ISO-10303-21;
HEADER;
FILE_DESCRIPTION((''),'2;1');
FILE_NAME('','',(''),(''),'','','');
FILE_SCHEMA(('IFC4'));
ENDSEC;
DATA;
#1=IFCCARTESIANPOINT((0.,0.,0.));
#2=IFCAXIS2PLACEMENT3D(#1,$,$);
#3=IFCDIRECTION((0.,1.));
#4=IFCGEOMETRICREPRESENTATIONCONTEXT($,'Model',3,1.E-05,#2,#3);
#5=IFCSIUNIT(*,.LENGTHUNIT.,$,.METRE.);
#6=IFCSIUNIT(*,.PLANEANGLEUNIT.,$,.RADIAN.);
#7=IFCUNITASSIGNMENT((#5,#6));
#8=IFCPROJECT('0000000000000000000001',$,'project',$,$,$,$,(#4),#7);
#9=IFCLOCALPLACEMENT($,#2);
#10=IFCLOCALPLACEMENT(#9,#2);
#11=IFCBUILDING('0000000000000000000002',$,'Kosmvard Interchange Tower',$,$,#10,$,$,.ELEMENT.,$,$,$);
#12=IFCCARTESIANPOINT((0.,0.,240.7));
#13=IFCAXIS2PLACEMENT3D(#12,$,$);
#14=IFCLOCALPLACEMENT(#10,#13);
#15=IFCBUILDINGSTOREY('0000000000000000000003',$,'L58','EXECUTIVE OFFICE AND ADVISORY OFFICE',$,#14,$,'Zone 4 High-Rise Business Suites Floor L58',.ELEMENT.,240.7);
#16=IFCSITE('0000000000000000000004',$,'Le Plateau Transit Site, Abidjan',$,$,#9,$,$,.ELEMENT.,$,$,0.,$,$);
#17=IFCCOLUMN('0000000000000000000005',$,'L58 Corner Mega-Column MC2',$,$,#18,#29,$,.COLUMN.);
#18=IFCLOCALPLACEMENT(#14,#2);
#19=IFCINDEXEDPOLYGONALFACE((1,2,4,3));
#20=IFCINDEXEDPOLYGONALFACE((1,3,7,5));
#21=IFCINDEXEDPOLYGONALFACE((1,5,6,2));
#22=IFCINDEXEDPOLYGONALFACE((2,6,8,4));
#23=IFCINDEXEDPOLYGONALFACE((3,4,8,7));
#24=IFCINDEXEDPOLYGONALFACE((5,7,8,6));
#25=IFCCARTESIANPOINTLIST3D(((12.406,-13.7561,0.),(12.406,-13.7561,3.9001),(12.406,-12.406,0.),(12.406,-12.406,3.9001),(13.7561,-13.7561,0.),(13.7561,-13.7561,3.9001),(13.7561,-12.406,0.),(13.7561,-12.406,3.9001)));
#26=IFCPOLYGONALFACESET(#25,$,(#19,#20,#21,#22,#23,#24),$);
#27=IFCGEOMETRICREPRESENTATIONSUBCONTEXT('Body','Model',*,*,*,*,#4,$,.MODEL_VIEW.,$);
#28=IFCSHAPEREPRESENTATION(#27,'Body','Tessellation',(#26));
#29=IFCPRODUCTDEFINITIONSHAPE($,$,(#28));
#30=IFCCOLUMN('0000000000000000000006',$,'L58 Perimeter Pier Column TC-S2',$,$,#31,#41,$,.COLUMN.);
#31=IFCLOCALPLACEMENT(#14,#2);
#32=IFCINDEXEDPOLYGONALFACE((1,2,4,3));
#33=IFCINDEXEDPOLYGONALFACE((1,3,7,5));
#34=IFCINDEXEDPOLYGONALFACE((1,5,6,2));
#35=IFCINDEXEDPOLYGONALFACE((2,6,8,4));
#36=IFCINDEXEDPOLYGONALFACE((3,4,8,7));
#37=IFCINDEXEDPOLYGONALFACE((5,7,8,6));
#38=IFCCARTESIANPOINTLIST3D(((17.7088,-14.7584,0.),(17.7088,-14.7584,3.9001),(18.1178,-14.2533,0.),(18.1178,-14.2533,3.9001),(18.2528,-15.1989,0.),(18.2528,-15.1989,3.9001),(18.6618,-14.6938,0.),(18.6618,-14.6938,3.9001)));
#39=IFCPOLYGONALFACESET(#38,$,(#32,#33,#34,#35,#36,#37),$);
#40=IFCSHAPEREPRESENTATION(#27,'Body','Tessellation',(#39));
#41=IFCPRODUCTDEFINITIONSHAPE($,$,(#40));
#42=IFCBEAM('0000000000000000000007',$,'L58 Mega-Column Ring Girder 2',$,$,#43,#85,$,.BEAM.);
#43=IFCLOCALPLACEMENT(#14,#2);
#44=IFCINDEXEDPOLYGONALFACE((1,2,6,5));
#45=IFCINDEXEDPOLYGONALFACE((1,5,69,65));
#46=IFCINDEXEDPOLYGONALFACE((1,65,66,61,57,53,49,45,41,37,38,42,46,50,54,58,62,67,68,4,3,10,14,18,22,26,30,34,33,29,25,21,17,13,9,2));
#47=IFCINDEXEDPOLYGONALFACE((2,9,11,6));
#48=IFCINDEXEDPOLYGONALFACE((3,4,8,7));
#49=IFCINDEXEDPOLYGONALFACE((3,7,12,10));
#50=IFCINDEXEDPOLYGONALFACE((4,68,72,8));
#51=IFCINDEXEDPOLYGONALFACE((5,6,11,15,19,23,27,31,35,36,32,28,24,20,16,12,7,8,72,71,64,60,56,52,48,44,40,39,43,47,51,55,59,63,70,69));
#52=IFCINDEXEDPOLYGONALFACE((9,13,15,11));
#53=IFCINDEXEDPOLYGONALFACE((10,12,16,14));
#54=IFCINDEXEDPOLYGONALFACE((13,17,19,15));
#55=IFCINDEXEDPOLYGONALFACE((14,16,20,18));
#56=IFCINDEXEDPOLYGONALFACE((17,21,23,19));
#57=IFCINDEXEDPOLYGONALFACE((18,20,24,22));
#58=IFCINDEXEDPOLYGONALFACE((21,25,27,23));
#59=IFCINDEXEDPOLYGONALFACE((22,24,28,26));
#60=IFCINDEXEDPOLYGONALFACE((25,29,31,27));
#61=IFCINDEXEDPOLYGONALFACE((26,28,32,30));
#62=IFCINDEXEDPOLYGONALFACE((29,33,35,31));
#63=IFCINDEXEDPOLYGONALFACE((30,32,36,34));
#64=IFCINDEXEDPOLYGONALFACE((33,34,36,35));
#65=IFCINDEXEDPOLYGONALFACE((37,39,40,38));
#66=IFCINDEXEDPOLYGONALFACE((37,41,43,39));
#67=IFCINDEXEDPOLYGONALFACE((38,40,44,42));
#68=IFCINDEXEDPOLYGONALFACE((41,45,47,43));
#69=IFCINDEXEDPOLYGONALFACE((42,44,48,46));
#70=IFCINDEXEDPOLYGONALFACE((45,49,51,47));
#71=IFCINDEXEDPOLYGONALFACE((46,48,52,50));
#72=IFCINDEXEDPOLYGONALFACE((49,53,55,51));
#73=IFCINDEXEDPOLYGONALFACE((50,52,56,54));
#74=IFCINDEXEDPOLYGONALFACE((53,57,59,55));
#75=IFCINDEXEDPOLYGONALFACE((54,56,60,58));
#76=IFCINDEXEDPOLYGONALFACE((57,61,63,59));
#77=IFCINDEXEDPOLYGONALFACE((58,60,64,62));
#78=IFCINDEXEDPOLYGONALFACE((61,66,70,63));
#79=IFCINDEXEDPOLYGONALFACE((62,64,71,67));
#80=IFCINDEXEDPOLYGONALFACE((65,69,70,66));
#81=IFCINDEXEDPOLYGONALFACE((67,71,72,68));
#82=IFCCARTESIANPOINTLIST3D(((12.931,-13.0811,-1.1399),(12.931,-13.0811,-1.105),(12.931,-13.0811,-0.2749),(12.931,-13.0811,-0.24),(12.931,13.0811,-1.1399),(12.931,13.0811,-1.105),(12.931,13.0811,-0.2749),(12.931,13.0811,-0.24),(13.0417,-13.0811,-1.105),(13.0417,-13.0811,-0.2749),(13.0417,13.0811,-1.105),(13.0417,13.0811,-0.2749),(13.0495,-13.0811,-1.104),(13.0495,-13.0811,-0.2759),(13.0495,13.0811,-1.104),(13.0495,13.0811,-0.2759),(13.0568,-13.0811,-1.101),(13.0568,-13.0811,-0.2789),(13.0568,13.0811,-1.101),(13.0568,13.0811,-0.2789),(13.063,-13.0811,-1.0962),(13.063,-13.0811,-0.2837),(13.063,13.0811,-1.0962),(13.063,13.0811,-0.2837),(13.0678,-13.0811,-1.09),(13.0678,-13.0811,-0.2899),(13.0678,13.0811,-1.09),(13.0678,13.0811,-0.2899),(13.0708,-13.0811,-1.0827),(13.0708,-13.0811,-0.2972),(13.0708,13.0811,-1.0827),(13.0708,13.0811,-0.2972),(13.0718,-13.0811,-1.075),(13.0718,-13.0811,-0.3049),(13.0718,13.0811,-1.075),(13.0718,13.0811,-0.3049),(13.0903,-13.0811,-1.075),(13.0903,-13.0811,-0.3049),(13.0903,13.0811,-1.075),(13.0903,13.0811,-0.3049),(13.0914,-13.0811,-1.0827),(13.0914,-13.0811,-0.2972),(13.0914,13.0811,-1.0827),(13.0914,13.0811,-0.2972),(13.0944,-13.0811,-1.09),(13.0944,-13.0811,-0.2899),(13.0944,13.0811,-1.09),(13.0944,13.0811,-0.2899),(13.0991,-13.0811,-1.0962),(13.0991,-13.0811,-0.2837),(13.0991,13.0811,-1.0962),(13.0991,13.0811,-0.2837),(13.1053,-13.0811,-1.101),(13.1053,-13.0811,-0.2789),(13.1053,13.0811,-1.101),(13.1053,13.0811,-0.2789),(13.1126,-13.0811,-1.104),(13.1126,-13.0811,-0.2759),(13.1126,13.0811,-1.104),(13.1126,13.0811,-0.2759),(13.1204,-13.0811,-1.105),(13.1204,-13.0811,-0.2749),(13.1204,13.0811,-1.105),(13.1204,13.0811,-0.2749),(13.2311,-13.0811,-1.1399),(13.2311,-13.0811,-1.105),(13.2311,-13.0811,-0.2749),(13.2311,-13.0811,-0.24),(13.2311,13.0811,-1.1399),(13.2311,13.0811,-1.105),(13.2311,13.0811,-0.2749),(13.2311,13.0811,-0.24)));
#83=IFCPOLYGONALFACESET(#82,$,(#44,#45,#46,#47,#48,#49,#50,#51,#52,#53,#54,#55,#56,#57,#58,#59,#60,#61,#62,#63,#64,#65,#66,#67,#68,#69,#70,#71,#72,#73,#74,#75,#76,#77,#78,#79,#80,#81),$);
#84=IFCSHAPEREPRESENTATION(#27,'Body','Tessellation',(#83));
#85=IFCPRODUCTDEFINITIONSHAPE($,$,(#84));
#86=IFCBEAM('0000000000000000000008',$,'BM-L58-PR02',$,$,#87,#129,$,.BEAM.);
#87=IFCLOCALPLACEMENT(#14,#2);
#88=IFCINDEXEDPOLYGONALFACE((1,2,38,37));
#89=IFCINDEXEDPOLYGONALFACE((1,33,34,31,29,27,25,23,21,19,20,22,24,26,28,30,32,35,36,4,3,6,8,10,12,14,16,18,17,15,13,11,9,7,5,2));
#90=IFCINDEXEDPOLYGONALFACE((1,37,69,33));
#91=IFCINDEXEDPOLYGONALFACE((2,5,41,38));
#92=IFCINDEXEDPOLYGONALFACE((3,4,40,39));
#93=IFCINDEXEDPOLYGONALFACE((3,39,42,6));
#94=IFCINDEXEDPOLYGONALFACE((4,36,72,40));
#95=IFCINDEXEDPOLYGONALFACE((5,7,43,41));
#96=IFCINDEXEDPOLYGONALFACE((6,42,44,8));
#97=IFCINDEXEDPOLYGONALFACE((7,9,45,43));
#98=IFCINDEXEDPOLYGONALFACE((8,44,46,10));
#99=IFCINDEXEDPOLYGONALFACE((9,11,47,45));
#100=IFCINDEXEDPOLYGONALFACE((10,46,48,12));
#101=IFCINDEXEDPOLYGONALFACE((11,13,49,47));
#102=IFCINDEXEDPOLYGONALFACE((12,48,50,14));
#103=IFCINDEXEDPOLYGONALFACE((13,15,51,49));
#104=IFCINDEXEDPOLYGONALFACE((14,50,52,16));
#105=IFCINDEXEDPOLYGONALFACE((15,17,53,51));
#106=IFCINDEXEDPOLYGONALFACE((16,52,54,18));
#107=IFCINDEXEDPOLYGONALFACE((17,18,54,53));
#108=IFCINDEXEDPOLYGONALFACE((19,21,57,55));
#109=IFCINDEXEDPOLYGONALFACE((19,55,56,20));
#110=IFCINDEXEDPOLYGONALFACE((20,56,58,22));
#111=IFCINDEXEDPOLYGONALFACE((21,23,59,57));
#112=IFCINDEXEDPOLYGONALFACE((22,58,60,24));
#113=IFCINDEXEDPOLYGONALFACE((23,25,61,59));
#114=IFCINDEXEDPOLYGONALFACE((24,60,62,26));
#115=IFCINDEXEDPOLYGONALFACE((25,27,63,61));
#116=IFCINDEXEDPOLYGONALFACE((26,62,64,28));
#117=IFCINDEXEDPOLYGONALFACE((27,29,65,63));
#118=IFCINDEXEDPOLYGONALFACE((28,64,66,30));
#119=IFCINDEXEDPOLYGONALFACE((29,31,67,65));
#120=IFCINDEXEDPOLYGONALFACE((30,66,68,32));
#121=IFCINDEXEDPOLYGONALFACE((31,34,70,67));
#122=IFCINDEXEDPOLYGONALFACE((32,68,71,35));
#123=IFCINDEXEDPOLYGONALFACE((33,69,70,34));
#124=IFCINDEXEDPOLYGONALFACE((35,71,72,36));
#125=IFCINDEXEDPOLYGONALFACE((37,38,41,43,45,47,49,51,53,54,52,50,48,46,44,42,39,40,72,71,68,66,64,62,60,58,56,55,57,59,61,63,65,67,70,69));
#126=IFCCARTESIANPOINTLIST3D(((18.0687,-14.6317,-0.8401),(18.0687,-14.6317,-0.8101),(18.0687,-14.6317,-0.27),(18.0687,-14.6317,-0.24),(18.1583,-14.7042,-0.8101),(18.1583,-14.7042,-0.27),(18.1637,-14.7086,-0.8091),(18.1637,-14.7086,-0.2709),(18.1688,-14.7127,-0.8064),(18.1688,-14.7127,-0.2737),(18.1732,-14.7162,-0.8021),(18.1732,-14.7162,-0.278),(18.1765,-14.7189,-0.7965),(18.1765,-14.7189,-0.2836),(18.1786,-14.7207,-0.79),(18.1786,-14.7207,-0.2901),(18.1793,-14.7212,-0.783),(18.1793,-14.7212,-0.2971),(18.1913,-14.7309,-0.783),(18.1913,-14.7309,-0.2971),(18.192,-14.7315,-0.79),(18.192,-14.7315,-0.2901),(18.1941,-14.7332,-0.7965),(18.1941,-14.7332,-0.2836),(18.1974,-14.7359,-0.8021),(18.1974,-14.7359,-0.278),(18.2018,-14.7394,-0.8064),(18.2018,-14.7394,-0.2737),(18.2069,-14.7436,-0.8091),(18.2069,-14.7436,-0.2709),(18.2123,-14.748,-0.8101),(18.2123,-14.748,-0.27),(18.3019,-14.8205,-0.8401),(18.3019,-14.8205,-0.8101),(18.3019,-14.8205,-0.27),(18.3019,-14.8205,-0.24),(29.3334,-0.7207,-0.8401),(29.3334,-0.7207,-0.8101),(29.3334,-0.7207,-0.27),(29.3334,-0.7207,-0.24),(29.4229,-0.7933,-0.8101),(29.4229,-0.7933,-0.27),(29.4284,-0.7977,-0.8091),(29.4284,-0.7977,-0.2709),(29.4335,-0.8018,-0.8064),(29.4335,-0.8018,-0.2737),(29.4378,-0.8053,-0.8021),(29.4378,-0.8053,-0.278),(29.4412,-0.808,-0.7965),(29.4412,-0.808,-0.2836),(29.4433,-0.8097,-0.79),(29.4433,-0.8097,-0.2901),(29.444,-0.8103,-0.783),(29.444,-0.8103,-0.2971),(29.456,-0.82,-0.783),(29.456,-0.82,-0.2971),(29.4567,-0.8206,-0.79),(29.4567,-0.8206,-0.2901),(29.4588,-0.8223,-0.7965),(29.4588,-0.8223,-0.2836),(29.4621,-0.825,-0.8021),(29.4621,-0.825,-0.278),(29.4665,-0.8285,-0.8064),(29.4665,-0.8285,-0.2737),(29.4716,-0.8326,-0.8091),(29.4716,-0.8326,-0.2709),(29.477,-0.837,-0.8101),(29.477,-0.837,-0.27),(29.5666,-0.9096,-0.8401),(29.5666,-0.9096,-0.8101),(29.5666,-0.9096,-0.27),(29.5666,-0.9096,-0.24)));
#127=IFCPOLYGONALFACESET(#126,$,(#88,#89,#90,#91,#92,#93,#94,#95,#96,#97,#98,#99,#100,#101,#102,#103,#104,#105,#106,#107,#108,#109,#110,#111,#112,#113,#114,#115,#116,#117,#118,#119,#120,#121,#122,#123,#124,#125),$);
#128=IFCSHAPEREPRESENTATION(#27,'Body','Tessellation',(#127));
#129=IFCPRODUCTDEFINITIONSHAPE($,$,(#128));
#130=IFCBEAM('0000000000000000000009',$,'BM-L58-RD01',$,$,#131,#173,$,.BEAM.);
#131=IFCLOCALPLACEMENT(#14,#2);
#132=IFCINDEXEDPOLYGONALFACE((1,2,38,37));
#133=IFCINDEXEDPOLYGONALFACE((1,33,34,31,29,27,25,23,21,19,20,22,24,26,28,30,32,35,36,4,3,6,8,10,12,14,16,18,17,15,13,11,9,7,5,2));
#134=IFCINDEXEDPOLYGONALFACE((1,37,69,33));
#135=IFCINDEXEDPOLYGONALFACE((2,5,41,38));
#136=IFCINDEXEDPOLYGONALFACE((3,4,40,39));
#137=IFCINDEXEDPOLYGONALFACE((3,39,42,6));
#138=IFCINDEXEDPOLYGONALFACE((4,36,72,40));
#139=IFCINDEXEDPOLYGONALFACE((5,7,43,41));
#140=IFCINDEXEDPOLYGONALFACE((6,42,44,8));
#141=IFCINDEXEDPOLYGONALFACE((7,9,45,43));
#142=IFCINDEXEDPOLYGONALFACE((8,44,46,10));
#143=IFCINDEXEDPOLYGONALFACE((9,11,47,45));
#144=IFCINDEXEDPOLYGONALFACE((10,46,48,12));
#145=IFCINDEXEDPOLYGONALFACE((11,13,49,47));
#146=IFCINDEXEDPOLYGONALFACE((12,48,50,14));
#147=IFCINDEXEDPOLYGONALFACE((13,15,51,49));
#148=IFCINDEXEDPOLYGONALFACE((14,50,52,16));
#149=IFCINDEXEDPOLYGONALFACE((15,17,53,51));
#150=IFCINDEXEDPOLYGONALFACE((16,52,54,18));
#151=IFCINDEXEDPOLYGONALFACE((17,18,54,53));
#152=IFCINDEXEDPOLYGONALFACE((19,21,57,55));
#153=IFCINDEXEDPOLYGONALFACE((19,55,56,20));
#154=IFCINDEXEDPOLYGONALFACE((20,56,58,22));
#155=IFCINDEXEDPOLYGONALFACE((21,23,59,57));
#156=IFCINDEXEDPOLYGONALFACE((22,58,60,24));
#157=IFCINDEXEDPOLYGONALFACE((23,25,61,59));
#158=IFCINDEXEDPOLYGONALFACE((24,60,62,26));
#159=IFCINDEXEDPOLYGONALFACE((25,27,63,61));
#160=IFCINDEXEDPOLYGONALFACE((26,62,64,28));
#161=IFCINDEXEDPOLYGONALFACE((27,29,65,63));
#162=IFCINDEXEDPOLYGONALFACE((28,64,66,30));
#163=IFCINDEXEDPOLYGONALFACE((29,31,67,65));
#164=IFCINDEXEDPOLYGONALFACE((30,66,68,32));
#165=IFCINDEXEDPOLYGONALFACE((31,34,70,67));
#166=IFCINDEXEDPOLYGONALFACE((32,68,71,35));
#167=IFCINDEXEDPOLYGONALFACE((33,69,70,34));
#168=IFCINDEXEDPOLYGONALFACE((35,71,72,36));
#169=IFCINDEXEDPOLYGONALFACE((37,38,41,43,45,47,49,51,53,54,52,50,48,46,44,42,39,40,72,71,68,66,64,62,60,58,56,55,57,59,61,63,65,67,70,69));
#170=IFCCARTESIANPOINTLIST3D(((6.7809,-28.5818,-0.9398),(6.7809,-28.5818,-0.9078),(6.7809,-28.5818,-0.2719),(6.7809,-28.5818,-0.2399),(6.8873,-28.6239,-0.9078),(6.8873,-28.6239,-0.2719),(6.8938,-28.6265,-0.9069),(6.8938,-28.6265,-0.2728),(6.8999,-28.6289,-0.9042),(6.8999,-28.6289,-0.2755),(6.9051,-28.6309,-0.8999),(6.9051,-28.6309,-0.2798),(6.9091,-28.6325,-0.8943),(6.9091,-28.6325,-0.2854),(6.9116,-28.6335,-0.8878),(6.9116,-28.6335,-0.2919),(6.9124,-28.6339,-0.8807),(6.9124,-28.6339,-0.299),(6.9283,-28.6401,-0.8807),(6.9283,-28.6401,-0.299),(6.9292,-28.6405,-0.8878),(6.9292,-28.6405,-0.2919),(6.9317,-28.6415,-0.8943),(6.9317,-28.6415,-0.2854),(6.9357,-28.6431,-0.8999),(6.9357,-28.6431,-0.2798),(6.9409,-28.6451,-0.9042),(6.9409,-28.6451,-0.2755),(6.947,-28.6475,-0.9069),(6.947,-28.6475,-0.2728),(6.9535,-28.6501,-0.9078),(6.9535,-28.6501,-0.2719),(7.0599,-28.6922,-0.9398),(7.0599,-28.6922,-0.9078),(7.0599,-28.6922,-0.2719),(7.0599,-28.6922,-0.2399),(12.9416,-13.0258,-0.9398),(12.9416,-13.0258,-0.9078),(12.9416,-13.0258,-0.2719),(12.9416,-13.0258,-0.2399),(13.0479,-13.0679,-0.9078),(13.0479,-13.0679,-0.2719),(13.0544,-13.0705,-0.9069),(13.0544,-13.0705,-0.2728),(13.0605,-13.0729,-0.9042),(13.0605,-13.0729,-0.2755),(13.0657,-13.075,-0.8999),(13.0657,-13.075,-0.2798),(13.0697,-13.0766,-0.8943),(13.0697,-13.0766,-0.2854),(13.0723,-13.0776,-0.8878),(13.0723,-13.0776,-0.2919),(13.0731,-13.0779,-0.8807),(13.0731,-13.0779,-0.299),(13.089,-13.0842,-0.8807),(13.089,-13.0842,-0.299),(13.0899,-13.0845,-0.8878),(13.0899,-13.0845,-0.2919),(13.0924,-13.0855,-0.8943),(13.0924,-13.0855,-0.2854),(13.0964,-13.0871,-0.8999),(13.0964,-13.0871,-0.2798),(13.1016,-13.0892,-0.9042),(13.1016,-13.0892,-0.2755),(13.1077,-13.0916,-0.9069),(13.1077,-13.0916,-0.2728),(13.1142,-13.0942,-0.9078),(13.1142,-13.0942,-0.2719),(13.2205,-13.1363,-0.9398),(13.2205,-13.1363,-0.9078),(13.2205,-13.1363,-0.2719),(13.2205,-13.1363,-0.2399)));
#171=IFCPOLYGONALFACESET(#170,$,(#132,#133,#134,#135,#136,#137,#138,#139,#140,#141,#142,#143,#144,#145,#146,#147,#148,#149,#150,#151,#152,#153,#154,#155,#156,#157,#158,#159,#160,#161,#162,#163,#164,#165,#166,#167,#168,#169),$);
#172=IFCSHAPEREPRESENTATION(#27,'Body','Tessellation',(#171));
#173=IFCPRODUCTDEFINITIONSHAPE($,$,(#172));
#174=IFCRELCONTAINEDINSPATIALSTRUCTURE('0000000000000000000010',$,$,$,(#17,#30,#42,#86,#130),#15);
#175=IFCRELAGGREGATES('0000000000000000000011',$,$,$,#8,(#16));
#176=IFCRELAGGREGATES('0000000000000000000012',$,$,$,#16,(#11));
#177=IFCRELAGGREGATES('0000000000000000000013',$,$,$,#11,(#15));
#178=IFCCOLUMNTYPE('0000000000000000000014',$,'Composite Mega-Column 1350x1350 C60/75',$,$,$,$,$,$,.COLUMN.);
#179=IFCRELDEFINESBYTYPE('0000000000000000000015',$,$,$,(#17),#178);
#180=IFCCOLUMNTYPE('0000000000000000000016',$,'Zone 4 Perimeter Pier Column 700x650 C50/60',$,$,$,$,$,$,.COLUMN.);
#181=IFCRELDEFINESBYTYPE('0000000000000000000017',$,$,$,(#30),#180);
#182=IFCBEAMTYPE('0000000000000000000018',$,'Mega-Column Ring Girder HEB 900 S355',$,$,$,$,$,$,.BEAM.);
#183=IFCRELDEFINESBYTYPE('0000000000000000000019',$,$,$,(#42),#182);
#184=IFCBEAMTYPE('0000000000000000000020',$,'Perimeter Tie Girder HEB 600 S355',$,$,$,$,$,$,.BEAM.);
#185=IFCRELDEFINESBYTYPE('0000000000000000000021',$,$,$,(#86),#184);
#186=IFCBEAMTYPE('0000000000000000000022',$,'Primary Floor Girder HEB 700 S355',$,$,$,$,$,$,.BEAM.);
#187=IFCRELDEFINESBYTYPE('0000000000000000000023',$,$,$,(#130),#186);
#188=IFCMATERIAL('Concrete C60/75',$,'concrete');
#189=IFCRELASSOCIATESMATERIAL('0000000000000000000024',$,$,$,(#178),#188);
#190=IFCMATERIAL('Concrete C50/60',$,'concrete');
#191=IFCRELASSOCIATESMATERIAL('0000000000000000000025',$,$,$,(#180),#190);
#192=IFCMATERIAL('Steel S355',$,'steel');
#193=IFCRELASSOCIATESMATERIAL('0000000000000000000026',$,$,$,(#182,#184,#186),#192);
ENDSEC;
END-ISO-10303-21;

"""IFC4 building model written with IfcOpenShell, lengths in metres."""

from ifc_helpers import new_model, si_unit, direction, frame, origin, origin_2d, place, context, subcontext, project, spatial, rectangle, i_section, extrude, source, transform, mapped, material, material_profile, profile_set, type_object, element, save


model = new_model("IFC4")

# Units and contexts
model_context = context("Model", 3, precision=1e-05, world=origin(), true_north=direction((0.0, 1.0)))
body_context = subcontext(model_context, "Body", "Model", "MODEL_VIEW")
ifc_project = project(units=[si_unit("LENGTHUNIT", "METRE"), si_unit("PLANEANGLEUNIT", "RADIAN")], contexts=[model_context])

# Site, building, storey
site_placement = place(None, origin())
site = spatial("IfcSite", under=ifc_project, at=site_placement, Name="Le Plateau Transit Site, Abidjan", CompositionType="ELEMENT", RefElevation=0.0)
building_placement = place(site_placement, origin())
building = spatial("IfcBuilding", under=site, at=building_placement, Name="Kosmvard Interchange Tower", CompositionType="ELEMENT")
storey_placement = place(building_placement, frame((0.0, 0.0, 240.7)))
storey = spatial("IfcBuildingStorey", under=building, at=storey_placement, Name="L58", Description="EXECUTIVE OFFICE AND ADVISORY OFFICE", LongName="Zone 4 High-Rise Business Suites Floor L58", CompositionType="ELEMENT", Elevation=240.7)

# Columns
ifc_material_1 = material(Name="Concrete C60/75", Category="concrete")
ifc_material_profile_1 = material_profile(ifc_material_1, rectangle(XDim=1.3501, YDim=1.3501, at=origin_2d()), Name="MC 1350x1350")
ifc_profile_set_1 = profile_set([ifc_material_profile_1], Name="Concrete C60/75")
column_type_1 = type_object("IfcColumnType", Name="Composite Mega-Column 1350x1350 C60/75", PredefinedType="COLUMN", material=ifc_profile_set_1)
shared_shape_1 = source(origin(), body_context, "Body", "SweptSolid", [
    extrude(rectangle(XDim=1.3501, YDim=1.3501, at=origin_2d()), origin(), (0.0, 0.0, 1.0), 3.9001),
])
column_1_placement = place(storey_placement, frame((13.0811, -13.0811, 0.0), z_axis=(0.0, 0.0, 1.0), x_axis=(1.0, 0.0, 0.0)))
element("IfcColumn", 1, at=column_1_placement, inside=storey, type_object=column_type_1, Name="L58 Corner Mega-Column MC2", PredefinedType="COLUMN", context=body_context, shape_type="MappedRepresentation", body=[
    mapped(shared_shape_1, transform((0.0, 0.0, 0.0), scale=1.0)),
])
ifc_material_2 = material(Name="Concrete C50/60", Category="concrete")
ifc_material_profile_2 = material_profile(ifc_material_2, rectangle(XDim=0.6499, YDim=0.7, at=origin_2d()), Name="TC 700x650")
ifc_profile_set_2 = profile_set([ifc_material_profile_2], Name="Concrete C50/60")
column_type_2 = type_object("IfcColumnType", Name="Zone 4 Perimeter Pier Column 700x650 C50/60", PredefinedType="COLUMN", material=ifc_profile_set_2)
shared_shape_2 = source(origin(), body_context, "Body", "SweptSolid", [
    extrude(rectangle(XDim=0.6499, YDim=0.7, at=origin_2d()), origin(), (0.0, 0.0, 1.0), 3.9001),
])
column_2_placement = place(storey_placement, frame((18.1853, -14.7261, 0.0), z_axis=(0.0, 0.0, 1.0), x_axis=(0.62932, 0.777146, 0.0)))
element("IfcColumn", 2, at=column_2_placement, inside=storey, type_object=column_type_2, Name="L58 Perimeter Pier Column TC-S2", PredefinedType="COLUMN", context=body_context, shape_type="MappedRepresentation", body=[
    mapped(shared_shape_2, transform((0.0, 0.0, 0.0), scale=1.0)),
])

# Beams
ifc_material_3 = material(Name="Steel S355", Category="steel")
ifc_material_profile_3 = material_profile(ifc_material_3, i_section(OverallWidth=0.3, OverallDepth=0.8999, WebThickness=0.0186, FlangeThickness=0.0349, FilletRadius=0.03, at=origin_2d()), Name="HEB 900")
ifc_profile_set_3 = profile_set([ifc_material_profile_3], Name="Steel S355")
beam_type_1 = type_object("IfcBeamType", Name="Mega-Column Ring Girder HEB 900 S355", PredefinedType="BEAM", material=ifc_profile_set_3)
shared_shape_3 = source(origin(), body_context, "Body", "SweptSolid", [
    extrude(i_section(OverallWidth=0.3, OverallDepth=0.8999, WebThickness=0.0186, FlangeThickness=0.0349, FilletRadius=0.03, at=origin_2d()), origin(), (0.0, 0.0, 1.0), 26.1621),
])
beam_1_placement = place(storey_placement, frame((13.0811, -13.0811, -0.6899), z_axis=(0.0, 1.0, 0.0), x_axis=(-1.0, 0.0, 0.0)))
element("IfcBeam", 3, at=beam_1_placement, inside=storey, type_object=beam_type_1, Name="L58 Mega-Column Ring Girder 2", PredefinedType="BEAM", context=body_context, shape_type="MappedRepresentation", body=[
    mapped(shared_shape_3, transform((0.0, 0.0, 0.0), scale=1.0)),
])
ifc_material_profile_4 = material_profile(ifc_material_3, i_section(OverallWidth=0.3, OverallDepth=0.6001, WebThickness=0.0154, FlangeThickness=0.03, FilletRadius=0.0271, at=origin_2d()), Name="HEB 600")
ifc_profile_set_4 = profile_set([ifc_material_profile_4], Name="Steel S355")
beam_type_2 = type_object("IfcBeamType", Name="Perimeter Tie Girder HEB 600 S355", PredefinedType="BEAM", material=ifc_profile_set_4)
shared_shape_4 = source(origin(), body_context, "Body", "SweptSolid", [
    extrude(i_section(OverallWidth=0.3, OverallDepth=0.6001, WebThickness=0.0154, FlangeThickness=0.03, FilletRadius=0.0271, at=origin_2d()), origin(), (0.0, 0.0, 1.0), 17.8999),
])
beam_2_placement = place(storey_placement, frame((18.1853, -14.7261, -0.54), z_axis=(0.629315, 0.777151, 0.0), x_axis=(-0.777151, 0.629315, 0.0)))
element("IfcBeam", 4, at=beam_2_placement, inside=storey, type_object=beam_type_2, Name="BM-L58-PR02", PredefinedType="BEAM", context=body_context, shape_type="MappedRepresentation", body=[
    mapped(shared_shape_4, transform((0.0, 0.0, 0.0), scale=1.0)),
])
ifc_material_profile_5 = material_profile(ifc_material_3, i_section(OverallWidth=0.3, OverallDepth=0.7, WebThickness=0.0171, FlangeThickness=0.032, FilletRadius=0.0271, at=origin_2d()), Name="HEB 700")
ifc_profile_set_5 = profile_set([ifc_material_profile_5], Name="Steel S355")
beam_type_3 = type_object("IfcBeamType", Name="Primary Floor Girder HEB 700 S355", PredefinedType="BEAM", material=ifc_profile_set_5)
shared_shape_5 = source(origin(), body_context, "Body", "SweptSolid", [
    extrude(i_section(OverallWidth=0.3, OverallDepth=0.7, WebThickness=0.0171, FlangeThickness=0.032, FilletRadius=0.0271, at=origin_2d()), origin(), (0.0, 0.0, 1.0), 16.7314),
])
beam_3_placement = place(storey_placement, frame((13.0811, -13.0811, -0.5898), z_axis=(-0.368209, -0.929743, 0.0), x_axis=(0.929743, -0.368209, 0.0)))
element("IfcBeam", 5, at=beam_3_placement, inside=storey, type_object=beam_type_3, Name="BM-L58-RD01", PredefinedType="BEAM", context=body_context, shape_type="MappedRepresentation", body=[
    mapped(shared_shape_5, transform((0.0, 0.0, 0.0), scale=1.0)),
])

save(model, "model.ifc")
